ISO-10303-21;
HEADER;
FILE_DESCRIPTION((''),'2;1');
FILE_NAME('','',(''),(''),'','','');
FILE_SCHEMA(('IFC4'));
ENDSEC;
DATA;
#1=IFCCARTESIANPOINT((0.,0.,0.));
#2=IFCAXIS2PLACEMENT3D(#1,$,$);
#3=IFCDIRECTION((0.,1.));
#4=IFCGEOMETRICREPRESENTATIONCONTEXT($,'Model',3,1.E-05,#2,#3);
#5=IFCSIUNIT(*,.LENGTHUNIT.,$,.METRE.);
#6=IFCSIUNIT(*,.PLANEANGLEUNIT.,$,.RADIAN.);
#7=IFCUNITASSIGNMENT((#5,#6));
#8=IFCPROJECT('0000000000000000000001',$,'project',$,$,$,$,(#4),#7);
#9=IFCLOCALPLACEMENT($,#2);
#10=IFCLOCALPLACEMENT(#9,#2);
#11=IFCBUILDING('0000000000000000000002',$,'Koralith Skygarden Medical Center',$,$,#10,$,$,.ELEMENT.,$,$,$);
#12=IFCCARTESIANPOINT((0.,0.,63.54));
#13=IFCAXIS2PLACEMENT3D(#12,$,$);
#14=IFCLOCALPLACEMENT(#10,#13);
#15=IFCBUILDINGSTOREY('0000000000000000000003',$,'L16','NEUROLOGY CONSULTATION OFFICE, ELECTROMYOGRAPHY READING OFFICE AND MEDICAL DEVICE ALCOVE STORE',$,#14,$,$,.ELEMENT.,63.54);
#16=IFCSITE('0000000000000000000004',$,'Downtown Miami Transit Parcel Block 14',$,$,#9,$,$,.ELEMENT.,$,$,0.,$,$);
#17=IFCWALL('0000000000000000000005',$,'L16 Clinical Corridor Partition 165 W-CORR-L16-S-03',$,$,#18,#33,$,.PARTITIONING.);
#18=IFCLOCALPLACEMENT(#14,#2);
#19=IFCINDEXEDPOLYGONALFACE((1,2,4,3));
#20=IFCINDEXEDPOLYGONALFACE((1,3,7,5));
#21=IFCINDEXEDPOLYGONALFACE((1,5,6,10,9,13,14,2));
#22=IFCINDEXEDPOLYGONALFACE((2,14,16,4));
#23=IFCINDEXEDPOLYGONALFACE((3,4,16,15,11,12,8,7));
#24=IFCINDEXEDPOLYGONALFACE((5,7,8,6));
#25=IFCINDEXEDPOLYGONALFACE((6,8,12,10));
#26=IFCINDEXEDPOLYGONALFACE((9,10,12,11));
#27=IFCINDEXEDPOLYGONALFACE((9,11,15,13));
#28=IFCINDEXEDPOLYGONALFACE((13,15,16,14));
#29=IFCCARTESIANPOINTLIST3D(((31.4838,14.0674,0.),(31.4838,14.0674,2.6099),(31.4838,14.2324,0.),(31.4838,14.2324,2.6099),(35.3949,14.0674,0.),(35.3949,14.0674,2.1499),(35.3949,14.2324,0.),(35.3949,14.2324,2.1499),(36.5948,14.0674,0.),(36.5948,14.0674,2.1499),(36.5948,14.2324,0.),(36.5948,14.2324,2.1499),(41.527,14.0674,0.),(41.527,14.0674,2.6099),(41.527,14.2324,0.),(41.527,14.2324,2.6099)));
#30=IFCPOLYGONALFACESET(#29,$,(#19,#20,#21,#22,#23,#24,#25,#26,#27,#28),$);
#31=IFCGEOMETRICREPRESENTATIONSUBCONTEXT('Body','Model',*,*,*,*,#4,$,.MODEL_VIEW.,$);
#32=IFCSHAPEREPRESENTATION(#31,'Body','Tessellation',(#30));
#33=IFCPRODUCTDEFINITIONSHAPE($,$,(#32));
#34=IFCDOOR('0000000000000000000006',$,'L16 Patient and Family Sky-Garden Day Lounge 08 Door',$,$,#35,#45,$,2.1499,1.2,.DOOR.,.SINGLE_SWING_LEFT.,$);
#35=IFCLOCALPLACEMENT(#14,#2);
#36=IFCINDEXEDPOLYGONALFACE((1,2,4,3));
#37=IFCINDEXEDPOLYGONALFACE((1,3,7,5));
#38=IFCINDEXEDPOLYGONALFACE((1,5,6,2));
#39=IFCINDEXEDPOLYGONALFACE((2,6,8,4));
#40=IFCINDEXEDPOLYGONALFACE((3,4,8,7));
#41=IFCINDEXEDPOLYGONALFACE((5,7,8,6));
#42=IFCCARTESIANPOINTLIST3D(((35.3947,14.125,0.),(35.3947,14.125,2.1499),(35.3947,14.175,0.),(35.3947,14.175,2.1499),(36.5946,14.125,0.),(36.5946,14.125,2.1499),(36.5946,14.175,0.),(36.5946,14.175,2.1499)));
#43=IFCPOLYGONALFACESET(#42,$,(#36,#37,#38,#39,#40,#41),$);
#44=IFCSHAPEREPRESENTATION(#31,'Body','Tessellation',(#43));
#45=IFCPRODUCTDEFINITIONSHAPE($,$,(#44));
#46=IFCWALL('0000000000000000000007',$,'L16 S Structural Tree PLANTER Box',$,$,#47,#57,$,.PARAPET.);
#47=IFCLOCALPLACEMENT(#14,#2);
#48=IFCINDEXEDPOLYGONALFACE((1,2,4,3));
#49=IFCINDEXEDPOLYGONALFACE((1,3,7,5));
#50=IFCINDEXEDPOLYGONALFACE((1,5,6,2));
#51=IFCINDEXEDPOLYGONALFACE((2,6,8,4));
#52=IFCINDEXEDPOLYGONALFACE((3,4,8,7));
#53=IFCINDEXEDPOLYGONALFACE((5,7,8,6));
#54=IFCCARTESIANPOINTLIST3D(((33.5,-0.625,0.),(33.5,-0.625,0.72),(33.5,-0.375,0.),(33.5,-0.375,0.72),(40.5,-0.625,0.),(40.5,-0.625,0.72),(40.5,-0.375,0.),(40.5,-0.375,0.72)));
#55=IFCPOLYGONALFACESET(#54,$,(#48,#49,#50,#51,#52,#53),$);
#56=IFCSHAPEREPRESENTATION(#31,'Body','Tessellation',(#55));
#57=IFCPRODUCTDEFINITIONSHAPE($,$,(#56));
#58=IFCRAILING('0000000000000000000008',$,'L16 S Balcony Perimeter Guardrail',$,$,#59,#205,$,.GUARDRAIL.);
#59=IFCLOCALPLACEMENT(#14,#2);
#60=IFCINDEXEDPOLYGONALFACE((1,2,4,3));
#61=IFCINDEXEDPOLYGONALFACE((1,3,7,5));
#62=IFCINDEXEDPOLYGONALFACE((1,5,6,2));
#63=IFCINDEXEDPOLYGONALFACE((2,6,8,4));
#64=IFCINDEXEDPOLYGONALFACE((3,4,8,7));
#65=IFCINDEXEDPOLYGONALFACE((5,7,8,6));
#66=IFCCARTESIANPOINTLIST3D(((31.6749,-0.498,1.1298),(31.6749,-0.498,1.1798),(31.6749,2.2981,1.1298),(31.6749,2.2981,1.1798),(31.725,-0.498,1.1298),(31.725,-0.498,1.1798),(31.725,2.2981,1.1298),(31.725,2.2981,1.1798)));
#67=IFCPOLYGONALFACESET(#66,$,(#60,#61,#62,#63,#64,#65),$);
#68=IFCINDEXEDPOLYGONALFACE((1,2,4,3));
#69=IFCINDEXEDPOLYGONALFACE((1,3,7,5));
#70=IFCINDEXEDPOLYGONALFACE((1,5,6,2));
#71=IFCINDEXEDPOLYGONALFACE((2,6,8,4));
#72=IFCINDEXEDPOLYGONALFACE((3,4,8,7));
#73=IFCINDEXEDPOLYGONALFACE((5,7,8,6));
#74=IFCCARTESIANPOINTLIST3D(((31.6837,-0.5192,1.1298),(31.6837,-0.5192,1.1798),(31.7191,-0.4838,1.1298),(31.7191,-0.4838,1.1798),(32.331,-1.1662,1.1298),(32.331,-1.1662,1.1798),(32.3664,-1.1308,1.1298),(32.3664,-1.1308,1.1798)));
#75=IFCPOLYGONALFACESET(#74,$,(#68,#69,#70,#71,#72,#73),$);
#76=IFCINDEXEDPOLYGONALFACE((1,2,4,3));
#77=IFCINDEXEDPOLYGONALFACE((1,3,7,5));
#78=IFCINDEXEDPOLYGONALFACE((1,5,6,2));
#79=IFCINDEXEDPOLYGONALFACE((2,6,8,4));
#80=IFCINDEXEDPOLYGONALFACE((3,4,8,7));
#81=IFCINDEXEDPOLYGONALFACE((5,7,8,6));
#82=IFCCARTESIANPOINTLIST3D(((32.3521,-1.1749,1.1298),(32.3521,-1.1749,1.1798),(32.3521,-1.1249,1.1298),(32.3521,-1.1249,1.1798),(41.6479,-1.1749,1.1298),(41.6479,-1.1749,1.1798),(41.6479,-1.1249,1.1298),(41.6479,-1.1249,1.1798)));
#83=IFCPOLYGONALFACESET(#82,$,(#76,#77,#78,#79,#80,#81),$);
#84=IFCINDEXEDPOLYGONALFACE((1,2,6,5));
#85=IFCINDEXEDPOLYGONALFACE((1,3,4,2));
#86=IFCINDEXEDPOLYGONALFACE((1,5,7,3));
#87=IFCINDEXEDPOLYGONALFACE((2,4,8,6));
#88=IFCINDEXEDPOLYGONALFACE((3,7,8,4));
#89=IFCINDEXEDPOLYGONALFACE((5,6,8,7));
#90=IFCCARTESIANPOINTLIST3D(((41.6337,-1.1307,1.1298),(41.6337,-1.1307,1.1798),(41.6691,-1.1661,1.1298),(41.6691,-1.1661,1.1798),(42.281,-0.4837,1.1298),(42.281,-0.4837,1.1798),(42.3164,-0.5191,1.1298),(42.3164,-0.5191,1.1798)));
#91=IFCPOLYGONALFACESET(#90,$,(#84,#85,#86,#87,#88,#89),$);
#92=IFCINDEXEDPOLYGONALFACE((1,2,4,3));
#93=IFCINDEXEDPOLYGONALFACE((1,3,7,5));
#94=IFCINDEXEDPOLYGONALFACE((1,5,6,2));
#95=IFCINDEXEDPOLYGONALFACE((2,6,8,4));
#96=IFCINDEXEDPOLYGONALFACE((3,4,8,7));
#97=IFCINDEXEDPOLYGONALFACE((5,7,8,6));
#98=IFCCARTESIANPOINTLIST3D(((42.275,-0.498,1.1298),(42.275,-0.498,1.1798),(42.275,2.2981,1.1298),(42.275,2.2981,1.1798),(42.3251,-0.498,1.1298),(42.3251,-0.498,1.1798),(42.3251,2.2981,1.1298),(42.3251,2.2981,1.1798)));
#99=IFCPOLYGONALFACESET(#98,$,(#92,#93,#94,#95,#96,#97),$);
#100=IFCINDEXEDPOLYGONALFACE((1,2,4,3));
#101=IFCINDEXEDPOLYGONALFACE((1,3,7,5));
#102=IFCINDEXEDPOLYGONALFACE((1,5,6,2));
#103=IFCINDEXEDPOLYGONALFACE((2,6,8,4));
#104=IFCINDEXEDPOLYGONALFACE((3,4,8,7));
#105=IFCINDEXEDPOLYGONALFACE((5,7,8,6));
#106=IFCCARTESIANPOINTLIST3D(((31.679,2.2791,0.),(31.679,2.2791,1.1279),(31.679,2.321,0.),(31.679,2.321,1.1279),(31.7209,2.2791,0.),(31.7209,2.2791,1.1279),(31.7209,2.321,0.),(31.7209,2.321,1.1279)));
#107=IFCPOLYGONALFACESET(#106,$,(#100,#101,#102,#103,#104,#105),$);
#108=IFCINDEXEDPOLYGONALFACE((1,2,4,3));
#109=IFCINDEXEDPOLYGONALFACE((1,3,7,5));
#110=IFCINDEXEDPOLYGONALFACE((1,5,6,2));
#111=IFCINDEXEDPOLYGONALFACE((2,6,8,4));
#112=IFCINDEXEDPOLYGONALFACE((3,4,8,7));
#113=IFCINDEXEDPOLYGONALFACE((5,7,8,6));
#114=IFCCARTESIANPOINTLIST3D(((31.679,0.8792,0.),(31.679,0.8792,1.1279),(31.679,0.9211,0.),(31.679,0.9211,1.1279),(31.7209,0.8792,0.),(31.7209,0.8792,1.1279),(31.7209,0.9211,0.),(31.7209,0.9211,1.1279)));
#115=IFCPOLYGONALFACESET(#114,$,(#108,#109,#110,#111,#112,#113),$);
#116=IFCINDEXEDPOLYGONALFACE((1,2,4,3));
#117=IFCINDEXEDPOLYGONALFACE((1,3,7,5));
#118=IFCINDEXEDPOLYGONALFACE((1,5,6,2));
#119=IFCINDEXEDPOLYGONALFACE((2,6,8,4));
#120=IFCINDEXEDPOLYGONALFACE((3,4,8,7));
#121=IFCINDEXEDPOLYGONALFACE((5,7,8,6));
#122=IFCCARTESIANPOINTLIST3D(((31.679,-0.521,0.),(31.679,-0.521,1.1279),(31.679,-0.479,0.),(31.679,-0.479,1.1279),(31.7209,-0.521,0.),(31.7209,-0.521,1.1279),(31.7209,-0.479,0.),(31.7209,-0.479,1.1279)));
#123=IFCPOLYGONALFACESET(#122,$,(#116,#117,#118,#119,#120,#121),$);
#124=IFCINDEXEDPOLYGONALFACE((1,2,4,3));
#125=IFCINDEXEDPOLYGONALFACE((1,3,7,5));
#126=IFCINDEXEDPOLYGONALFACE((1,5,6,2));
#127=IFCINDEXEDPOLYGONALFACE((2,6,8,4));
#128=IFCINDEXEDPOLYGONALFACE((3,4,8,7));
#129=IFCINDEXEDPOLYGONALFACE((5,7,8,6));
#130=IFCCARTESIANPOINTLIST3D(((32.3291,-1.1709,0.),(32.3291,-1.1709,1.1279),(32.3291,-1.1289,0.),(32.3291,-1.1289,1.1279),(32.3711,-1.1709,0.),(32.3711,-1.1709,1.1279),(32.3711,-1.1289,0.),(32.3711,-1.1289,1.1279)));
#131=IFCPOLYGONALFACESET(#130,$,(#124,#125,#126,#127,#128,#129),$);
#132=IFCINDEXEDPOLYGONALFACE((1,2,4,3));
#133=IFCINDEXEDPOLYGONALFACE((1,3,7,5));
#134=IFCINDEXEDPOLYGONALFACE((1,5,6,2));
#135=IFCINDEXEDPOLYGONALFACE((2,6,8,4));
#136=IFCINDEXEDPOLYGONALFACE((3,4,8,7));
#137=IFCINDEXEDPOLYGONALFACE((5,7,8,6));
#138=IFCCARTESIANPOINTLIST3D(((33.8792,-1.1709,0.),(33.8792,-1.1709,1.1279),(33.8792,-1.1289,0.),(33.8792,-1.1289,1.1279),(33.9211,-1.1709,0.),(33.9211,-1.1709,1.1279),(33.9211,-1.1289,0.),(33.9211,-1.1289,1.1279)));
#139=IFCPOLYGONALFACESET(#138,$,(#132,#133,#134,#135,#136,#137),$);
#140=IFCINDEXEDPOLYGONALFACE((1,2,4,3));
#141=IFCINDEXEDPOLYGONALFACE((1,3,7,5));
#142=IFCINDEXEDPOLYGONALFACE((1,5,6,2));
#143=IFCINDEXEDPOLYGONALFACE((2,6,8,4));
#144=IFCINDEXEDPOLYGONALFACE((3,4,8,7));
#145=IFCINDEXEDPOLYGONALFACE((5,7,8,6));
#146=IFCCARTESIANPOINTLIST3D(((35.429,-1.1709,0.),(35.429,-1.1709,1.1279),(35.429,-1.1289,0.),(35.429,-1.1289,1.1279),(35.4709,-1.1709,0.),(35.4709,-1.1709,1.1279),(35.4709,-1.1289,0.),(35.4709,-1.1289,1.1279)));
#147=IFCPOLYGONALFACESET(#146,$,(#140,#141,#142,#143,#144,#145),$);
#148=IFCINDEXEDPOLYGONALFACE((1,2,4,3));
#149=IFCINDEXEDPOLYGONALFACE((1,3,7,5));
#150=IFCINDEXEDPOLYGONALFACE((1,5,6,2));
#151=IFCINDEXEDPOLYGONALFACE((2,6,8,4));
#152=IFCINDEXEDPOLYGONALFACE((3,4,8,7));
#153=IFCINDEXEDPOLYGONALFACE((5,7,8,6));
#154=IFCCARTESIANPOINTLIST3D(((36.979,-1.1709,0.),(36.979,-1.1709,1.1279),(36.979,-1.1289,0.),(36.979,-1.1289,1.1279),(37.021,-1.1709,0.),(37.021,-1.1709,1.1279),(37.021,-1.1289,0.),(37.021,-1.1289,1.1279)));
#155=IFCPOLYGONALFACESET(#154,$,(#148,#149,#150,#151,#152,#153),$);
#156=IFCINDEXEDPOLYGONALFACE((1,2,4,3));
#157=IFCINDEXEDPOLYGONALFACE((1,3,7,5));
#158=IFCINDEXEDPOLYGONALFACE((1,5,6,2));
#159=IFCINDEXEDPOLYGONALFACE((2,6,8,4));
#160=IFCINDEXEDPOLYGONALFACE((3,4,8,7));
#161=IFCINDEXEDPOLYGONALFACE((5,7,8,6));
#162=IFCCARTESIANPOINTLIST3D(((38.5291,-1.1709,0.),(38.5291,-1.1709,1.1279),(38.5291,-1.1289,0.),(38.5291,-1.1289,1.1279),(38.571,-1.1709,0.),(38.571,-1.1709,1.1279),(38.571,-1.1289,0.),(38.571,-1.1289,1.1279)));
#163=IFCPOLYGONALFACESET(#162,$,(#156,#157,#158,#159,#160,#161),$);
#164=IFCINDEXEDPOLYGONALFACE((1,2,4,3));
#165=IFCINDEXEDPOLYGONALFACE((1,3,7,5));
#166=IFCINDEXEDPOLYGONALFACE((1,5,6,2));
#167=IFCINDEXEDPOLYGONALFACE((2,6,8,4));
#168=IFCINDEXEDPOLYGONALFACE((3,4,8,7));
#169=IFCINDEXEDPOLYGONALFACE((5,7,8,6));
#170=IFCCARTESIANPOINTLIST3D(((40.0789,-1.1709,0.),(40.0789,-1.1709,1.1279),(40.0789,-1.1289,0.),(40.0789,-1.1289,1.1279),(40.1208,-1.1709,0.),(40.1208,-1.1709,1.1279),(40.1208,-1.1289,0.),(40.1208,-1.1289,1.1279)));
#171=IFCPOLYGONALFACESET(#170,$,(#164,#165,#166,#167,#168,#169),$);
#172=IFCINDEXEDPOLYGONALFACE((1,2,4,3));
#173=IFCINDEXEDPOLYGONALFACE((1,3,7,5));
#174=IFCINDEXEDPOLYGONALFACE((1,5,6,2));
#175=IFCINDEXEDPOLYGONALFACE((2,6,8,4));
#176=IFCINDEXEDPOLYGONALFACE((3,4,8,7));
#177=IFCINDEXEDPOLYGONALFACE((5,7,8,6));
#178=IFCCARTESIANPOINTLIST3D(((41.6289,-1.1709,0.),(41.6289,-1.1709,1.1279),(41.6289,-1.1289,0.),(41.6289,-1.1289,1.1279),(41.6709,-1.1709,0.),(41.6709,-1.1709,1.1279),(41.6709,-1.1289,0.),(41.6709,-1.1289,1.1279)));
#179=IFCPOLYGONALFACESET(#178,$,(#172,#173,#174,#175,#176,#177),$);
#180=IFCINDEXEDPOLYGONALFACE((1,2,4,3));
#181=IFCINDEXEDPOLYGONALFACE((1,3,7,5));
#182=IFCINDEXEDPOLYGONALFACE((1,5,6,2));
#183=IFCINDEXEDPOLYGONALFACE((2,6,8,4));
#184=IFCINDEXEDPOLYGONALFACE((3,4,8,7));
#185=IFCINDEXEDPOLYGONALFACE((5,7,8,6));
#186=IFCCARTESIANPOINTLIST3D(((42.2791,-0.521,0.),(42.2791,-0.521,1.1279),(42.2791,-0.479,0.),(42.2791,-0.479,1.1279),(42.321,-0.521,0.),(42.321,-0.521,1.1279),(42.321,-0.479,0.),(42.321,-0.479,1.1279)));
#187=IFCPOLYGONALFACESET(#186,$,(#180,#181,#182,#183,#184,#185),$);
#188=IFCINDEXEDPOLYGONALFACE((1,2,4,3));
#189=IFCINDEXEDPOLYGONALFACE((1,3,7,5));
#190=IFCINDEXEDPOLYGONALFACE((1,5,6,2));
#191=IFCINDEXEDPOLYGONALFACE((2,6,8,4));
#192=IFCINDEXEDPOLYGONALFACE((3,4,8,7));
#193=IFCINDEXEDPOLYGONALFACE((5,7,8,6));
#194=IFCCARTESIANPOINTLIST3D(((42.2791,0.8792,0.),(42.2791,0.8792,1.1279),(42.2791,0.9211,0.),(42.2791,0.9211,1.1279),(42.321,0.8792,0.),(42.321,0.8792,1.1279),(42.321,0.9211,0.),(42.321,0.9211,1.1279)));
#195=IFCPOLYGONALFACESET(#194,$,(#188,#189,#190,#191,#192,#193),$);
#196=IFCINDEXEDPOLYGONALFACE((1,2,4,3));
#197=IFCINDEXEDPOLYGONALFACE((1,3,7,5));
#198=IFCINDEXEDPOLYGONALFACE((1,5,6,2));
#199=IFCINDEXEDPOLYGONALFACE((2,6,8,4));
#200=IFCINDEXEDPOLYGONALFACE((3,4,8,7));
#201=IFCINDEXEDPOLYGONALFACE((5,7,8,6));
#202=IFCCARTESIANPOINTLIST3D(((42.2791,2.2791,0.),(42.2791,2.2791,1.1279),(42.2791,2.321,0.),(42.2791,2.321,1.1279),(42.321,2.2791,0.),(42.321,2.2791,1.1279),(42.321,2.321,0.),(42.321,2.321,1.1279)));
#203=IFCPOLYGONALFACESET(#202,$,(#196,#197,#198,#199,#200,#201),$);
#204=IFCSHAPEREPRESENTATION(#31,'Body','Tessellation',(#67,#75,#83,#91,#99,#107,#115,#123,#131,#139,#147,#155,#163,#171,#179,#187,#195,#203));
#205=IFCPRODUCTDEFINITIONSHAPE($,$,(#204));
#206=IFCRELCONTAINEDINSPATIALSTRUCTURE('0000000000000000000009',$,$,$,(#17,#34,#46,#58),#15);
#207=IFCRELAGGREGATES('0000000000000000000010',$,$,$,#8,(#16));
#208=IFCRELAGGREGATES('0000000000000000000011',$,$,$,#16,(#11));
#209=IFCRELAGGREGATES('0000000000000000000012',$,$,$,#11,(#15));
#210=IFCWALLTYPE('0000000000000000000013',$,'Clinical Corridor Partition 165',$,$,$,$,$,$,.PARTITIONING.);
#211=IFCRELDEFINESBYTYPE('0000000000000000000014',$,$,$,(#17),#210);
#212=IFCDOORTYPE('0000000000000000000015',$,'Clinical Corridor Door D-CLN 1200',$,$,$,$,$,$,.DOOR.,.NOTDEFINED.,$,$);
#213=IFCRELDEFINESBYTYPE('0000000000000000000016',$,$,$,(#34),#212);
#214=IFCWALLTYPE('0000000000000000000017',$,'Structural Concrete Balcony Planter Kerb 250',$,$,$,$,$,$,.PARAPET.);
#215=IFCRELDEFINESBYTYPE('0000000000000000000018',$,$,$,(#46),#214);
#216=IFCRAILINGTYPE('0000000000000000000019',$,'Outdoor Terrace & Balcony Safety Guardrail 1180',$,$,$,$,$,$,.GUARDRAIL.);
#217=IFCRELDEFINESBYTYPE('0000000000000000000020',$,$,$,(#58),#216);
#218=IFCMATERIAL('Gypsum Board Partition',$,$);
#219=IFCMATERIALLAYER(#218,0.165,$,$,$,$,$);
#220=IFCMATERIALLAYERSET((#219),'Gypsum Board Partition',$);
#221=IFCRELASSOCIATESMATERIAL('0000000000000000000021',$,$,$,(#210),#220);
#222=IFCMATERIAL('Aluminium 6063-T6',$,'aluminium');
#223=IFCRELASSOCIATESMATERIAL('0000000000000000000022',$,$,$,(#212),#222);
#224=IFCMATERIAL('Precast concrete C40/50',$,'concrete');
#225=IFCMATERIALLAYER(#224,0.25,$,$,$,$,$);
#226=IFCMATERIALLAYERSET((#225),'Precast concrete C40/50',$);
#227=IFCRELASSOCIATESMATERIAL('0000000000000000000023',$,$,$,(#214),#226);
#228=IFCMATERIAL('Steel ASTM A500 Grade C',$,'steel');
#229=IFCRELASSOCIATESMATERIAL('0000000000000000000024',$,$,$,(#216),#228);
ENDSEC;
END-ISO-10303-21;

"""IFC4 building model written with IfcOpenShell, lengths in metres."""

from ifc_helpers import new_model, si_unit, direction, frame, frame_2d, origin, origin_2d, place, context, subcontext, project, spatial, rectangle, extrude, material, layer, layer_set, type_object, element, fill, save


model = new_model("IFC4")

# Units and contexts
model_context = context("Model", 3, precision=1e-05, world=origin(), true_north=direction((0.0, 1.0)))
body_context = subcontext(model_context, "Body", "Model", "MODEL_VIEW")
ifc_project = project(units=[si_unit("LENGTHUNIT", "METRE"), si_unit("PLANEANGLEUNIT", "RADIAN")], contexts=[model_context])

# Site, building, storey
site_placement = place(None, origin())
site = spatial("IfcSite", under=ifc_project, at=site_placement, Name="Downtown Miami Transit Parcel Block 14", CompositionType="ELEMENT", RefElevation=0.0)
building_placement = place(site_placement, origin())
building = spatial("IfcBuilding", under=site, at=building_placement, Name="Koralith Skygarden Medical Center", CompositionType="ELEMENT")
storey_placement = place(building_placement, frame((0.0, 0.0, 63.54)))
storey = spatial("IfcBuildingStorey", under=building, at=storey_placement, Name="L16", Description="NEUROLOGY CONSULTATION OFFICE, ELECTROMYOGRAPHY READING OFFICE AND MEDICAL DEVICE ALCOVE STORE", CompositionType="ELEMENT", Elevation=63.54)

# Shared definitions
ifc_material_1 = material(Name="Aluminium 6063-T6", Category="aluminium")

# Shared definitions
ifc_material_2 = material(Name="Gypsum Board Partition")

# Wall, opening, door
ifc_layer_1 = layer(ifc_material_2, 0.165)
ifc_layer_set_1 = layer_set([ifc_layer_1], Name="Gypsum Board Partition")
wall_type_1 = type_object("IfcWallType", Name="Clinical Corridor Partition 165", PredefinedType="PARTITIONING", material=ifc_layer_set_1)
door_type_1 = type_object("IfcDoorType", Name="Clinical Corridor Door D-CLN 1200", OperationType="NOTDEFINED", PredefinedType="DOOR", material=ifc_material_1)
wall_1_placement = place(storey_placement, frame((31.4839, 14.1499, 0.0), z_axis=(0.0, 0.0, 1.0), x_axis=(1.0, 0.0, 0.0)))
wall_1 = element("IfcWall", 1, at=wall_1_placement, inside=storey, type_object=wall_type_1, Name="L16 Clinical Corridor Partition 165 W-CORR-L16-S-03", PredefinedType="PARTITIONING", context=body_context, shape_type="SweptSolid", body=[
    extrude(rectangle(XDim=10.0432, YDim=0.165, at=frame_2d((5.0215, 0.0))), origin(), (0.0, 0.0, 1.0), 2.6099),
])
opening_1_placement = place(wall_1_placement, frame((3.9109, 0.0, 0.0)))
opening_1 = element("IfcOpeningElement", 2, at=opening_1_placement, cuts=wall_1, PredefinedType="OPENING", context=body_context, shape_type="SweptSolid", body=[
    extrude(rectangle(XDim=1.2, YDim=2.1499, at=frame_2d((0.6001, 1.075))), frame((0.0, 0.0925, 0.0), z_axis=(0.0, -1.0, 0.0), x_axis=(1.0, 0.0, 0.0)), (0.0, 0.0, 1.0), 0.1851),
])
door_1_placement = place(opening_1_placement, frame((1.2, 0.0, 0.0), z_axis=(0.0, 0.0, 1.0), x_axis=(-1.0, 0.0, 0.0)))
door_1 = element("IfcDoor", 3, at=door_1_placement, inside=storey, type_object=door_type_1, Name="L16 Patient and Family Sky-Garden Day Lounge 08 Door", OperationType="SINGLE_SWING_LEFT", OverallHeight=2.1499, OverallWidth=1.2, PredefinedType="DOOR", context=body_context, shape_type="SweptSolid", body=[
    extrude(rectangle(XDim=1.2, YDim=2.1499, at=frame_2d((0.6001, 1.075))), frame((0.0, 0.0249, 0.0), z_axis=(0.0, -1.0, 0.0), x_axis=(1.0, 0.0, 0.0)), (0.0, 0.0, 1.0), 0.05),
])
fill(opening_1, door_1)

# Wall
ifc_material_3 = material(Name="Precast concrete C40/50", Category="concrete")
ifc_layer_2 = layer(ifc_material_3, 0.25)
ifc_layer_set_2 = layer_set([ifc_layer_2], Name="Precast concrete C40/50")
wall_type_2 = type_object("IfcWallType", Name="Structural Concrete Balcony Planter Kerb 250", PredefinedType="PARAPET", material=ifc_layer_set_2)
wall_2_placement = place(storey_placement, frame((33.5, -0.5, 0.0), z_axis=(0.0, 0.0, 1.0), x_axis=(1.0, 0.0, 0.0)))
element("IfcWall", 4, at=wall_2_placement, inside=storey, type_object=wall_type_2, Name="L16 S Structural Tree PLANTER Box", PredefinedType="PARAPET", context=body_context, shape_type="SweptSolid", body=[
    extrude(rectangle(XDim=7.0, YDim=0.25, at=frame_2d((3.5, 0.0))), origin(), (0.0, 0.0, 1.0), 0.72),
])

# Railing
ifc_material_4 = material(Name="Steel ASTM A500 Grade C", Category="steel")
railing_type = type_object("IfcRailingType", Name="Outdoor Terrace & Balcony Safety Guardrail 1180", PredefinedType="GUARDRAIL", material=ifc_material_4)
railing_placement = place(storey_placement, frame((31.7, 2.3, 0.0)))
element("IfcRailing", 5, at=railing_placement, inside=storey, type_object=railing_type, Name="L16 S Balcony Perimeter Guardrail", PredefinedType="GUARDRAIL", context=body_context, shape_type="SweptSolid", body=[
    extrude(rectangle(XDim=0.05, YDim=0.05, at=origin_2d()), frame((0.0, -0.002, 1.1548), z_axis=(0.0, -1.0, 0.0), x_axis=(1.0, 0.0, 0.0)), (0.0, 0.0, 1.0), 2.7961),
    extrude(rectangle(XDim=0.05, YDim=0.05, at=origin_2d()), frame((0.0015, -2.8015, 1.1548), z_axis=(0.70724, -0.706974, 0.0), x_axis=(0.706974, 0.70724, 0.0)), (0.0, 0.0, 1.0), 0.9153),
    extrude(rectangle(XDim=0.05, YDim=0.05, at=origin_2d()), frame((0.6521, -3.45, 1.1548), z_axis=(1.0, 0.0, 0.0), x_axis=(0.0, 1.0, 0.0)), (0.0, 0.0, 1.0), 9.2959),
    extrude(rectangle(XDim=0.05, YDim=0.05, at=origin_2d()), frame((9.9514, -3.4485, 1.1548), z_axis=(0.70724, 0.706974, 0.0), x_axis=(-0.706974, 0.70724, 0.0)), (0.0, 0.0, 1.0), 0.9153),
    extrude(rectangle(XDim=0.05, YDim=0.05, at=origin_2d()), frame((10.6001, -2.7981, 1.1548), z_axis=(0.0, 1.0, 0.0), x_axis=(-1.0, 0.0, 0.0)), (0.0, 0.0, 1.0), 2.7961),
    extrude(rectangle(XDim=0.042, YDim=0.042, at=origin_2d()), origin(), (0.0, 0.0, 1.0), 1.1279),
    extrude(rectangle(XDim=0.042, YDim=0.042, at=origin_2d()), frame((0.0, -1.3999, 0.0)), (0.0, 0.0, 1.0), 1.1279),
    extrude(rectangle(XDim=0.042, YDim=0.042, at=origin_2d()), frame((0.0, -2.8, 0.0)), (0.0, 0.0, 1.0), 1.1279),
    extrude(rectangle(XDim=0.042, YDim=0.042, at=origin_2d()), frame((0.6501, -3.45, 0.0)), (0.0, 0.0, 1.0), 1.1279),
    extrude(rectangle(XDim=0.042, YDim=0.042, at=origin_2d()), frame((2.2002, -3.45, 0.0)), (0.0, 0.0, 1.0), 1.1279),
    extrude(rectangle(XDim=0.042, YDim=0.042, at=origin_2d()), frame((3.75, -3.45, 0.0)), (0.0, 0.0, 1.0), 1.1279),
    extrude(rectangle(XDim=0.042, YDim=0.042, at=origin_2d()), frame((5.3, -3.45, 0.0)), (0.0, 0.0, 1.0), 1.1279),
    extrude(rectangle(XDim=0.042, YDim=0.042, at=origin_2d()), frame((6.8501, -3.45, 0.0)), (0.0, 0.0, 1.0), 1.1279),
    extrude(rectangle(XDim=0.042, YDim=0.042, at=origin_2d()), frame((8.3999, -3.45, 0.0)), (0.0, 0.0, 1.0), 1.1279),
    extrude(rectangle(XDim=0.042, YDim=0.042, at=origin_2d()), frame((9.95, -3.45, 0.0)), (0.0, 0.0, 1.0), 1.1279),
    extrude(rectangle(XDim=0.042, YDim=0.042, at=origin_2d()), frame((10.6001, -2.8, 0.0)), (0.0, 0.0, 1.0), 1.1279),
    extrude(rectangle(XDim=0.042, YDim=0.042, at=origin_2d()), frame((10.6001, -1.3999, 0.0)), (0.0, 0.0, 1.0), 1.1279),
    extrude(rectangle(XDim=0.042, YDim=0.042, at=origin_2d()), frame((10.6001, 0.0, 0.0)), (0.0, 0.0, 1.0), 1.1279),
])

save(model, "model.ifc")
